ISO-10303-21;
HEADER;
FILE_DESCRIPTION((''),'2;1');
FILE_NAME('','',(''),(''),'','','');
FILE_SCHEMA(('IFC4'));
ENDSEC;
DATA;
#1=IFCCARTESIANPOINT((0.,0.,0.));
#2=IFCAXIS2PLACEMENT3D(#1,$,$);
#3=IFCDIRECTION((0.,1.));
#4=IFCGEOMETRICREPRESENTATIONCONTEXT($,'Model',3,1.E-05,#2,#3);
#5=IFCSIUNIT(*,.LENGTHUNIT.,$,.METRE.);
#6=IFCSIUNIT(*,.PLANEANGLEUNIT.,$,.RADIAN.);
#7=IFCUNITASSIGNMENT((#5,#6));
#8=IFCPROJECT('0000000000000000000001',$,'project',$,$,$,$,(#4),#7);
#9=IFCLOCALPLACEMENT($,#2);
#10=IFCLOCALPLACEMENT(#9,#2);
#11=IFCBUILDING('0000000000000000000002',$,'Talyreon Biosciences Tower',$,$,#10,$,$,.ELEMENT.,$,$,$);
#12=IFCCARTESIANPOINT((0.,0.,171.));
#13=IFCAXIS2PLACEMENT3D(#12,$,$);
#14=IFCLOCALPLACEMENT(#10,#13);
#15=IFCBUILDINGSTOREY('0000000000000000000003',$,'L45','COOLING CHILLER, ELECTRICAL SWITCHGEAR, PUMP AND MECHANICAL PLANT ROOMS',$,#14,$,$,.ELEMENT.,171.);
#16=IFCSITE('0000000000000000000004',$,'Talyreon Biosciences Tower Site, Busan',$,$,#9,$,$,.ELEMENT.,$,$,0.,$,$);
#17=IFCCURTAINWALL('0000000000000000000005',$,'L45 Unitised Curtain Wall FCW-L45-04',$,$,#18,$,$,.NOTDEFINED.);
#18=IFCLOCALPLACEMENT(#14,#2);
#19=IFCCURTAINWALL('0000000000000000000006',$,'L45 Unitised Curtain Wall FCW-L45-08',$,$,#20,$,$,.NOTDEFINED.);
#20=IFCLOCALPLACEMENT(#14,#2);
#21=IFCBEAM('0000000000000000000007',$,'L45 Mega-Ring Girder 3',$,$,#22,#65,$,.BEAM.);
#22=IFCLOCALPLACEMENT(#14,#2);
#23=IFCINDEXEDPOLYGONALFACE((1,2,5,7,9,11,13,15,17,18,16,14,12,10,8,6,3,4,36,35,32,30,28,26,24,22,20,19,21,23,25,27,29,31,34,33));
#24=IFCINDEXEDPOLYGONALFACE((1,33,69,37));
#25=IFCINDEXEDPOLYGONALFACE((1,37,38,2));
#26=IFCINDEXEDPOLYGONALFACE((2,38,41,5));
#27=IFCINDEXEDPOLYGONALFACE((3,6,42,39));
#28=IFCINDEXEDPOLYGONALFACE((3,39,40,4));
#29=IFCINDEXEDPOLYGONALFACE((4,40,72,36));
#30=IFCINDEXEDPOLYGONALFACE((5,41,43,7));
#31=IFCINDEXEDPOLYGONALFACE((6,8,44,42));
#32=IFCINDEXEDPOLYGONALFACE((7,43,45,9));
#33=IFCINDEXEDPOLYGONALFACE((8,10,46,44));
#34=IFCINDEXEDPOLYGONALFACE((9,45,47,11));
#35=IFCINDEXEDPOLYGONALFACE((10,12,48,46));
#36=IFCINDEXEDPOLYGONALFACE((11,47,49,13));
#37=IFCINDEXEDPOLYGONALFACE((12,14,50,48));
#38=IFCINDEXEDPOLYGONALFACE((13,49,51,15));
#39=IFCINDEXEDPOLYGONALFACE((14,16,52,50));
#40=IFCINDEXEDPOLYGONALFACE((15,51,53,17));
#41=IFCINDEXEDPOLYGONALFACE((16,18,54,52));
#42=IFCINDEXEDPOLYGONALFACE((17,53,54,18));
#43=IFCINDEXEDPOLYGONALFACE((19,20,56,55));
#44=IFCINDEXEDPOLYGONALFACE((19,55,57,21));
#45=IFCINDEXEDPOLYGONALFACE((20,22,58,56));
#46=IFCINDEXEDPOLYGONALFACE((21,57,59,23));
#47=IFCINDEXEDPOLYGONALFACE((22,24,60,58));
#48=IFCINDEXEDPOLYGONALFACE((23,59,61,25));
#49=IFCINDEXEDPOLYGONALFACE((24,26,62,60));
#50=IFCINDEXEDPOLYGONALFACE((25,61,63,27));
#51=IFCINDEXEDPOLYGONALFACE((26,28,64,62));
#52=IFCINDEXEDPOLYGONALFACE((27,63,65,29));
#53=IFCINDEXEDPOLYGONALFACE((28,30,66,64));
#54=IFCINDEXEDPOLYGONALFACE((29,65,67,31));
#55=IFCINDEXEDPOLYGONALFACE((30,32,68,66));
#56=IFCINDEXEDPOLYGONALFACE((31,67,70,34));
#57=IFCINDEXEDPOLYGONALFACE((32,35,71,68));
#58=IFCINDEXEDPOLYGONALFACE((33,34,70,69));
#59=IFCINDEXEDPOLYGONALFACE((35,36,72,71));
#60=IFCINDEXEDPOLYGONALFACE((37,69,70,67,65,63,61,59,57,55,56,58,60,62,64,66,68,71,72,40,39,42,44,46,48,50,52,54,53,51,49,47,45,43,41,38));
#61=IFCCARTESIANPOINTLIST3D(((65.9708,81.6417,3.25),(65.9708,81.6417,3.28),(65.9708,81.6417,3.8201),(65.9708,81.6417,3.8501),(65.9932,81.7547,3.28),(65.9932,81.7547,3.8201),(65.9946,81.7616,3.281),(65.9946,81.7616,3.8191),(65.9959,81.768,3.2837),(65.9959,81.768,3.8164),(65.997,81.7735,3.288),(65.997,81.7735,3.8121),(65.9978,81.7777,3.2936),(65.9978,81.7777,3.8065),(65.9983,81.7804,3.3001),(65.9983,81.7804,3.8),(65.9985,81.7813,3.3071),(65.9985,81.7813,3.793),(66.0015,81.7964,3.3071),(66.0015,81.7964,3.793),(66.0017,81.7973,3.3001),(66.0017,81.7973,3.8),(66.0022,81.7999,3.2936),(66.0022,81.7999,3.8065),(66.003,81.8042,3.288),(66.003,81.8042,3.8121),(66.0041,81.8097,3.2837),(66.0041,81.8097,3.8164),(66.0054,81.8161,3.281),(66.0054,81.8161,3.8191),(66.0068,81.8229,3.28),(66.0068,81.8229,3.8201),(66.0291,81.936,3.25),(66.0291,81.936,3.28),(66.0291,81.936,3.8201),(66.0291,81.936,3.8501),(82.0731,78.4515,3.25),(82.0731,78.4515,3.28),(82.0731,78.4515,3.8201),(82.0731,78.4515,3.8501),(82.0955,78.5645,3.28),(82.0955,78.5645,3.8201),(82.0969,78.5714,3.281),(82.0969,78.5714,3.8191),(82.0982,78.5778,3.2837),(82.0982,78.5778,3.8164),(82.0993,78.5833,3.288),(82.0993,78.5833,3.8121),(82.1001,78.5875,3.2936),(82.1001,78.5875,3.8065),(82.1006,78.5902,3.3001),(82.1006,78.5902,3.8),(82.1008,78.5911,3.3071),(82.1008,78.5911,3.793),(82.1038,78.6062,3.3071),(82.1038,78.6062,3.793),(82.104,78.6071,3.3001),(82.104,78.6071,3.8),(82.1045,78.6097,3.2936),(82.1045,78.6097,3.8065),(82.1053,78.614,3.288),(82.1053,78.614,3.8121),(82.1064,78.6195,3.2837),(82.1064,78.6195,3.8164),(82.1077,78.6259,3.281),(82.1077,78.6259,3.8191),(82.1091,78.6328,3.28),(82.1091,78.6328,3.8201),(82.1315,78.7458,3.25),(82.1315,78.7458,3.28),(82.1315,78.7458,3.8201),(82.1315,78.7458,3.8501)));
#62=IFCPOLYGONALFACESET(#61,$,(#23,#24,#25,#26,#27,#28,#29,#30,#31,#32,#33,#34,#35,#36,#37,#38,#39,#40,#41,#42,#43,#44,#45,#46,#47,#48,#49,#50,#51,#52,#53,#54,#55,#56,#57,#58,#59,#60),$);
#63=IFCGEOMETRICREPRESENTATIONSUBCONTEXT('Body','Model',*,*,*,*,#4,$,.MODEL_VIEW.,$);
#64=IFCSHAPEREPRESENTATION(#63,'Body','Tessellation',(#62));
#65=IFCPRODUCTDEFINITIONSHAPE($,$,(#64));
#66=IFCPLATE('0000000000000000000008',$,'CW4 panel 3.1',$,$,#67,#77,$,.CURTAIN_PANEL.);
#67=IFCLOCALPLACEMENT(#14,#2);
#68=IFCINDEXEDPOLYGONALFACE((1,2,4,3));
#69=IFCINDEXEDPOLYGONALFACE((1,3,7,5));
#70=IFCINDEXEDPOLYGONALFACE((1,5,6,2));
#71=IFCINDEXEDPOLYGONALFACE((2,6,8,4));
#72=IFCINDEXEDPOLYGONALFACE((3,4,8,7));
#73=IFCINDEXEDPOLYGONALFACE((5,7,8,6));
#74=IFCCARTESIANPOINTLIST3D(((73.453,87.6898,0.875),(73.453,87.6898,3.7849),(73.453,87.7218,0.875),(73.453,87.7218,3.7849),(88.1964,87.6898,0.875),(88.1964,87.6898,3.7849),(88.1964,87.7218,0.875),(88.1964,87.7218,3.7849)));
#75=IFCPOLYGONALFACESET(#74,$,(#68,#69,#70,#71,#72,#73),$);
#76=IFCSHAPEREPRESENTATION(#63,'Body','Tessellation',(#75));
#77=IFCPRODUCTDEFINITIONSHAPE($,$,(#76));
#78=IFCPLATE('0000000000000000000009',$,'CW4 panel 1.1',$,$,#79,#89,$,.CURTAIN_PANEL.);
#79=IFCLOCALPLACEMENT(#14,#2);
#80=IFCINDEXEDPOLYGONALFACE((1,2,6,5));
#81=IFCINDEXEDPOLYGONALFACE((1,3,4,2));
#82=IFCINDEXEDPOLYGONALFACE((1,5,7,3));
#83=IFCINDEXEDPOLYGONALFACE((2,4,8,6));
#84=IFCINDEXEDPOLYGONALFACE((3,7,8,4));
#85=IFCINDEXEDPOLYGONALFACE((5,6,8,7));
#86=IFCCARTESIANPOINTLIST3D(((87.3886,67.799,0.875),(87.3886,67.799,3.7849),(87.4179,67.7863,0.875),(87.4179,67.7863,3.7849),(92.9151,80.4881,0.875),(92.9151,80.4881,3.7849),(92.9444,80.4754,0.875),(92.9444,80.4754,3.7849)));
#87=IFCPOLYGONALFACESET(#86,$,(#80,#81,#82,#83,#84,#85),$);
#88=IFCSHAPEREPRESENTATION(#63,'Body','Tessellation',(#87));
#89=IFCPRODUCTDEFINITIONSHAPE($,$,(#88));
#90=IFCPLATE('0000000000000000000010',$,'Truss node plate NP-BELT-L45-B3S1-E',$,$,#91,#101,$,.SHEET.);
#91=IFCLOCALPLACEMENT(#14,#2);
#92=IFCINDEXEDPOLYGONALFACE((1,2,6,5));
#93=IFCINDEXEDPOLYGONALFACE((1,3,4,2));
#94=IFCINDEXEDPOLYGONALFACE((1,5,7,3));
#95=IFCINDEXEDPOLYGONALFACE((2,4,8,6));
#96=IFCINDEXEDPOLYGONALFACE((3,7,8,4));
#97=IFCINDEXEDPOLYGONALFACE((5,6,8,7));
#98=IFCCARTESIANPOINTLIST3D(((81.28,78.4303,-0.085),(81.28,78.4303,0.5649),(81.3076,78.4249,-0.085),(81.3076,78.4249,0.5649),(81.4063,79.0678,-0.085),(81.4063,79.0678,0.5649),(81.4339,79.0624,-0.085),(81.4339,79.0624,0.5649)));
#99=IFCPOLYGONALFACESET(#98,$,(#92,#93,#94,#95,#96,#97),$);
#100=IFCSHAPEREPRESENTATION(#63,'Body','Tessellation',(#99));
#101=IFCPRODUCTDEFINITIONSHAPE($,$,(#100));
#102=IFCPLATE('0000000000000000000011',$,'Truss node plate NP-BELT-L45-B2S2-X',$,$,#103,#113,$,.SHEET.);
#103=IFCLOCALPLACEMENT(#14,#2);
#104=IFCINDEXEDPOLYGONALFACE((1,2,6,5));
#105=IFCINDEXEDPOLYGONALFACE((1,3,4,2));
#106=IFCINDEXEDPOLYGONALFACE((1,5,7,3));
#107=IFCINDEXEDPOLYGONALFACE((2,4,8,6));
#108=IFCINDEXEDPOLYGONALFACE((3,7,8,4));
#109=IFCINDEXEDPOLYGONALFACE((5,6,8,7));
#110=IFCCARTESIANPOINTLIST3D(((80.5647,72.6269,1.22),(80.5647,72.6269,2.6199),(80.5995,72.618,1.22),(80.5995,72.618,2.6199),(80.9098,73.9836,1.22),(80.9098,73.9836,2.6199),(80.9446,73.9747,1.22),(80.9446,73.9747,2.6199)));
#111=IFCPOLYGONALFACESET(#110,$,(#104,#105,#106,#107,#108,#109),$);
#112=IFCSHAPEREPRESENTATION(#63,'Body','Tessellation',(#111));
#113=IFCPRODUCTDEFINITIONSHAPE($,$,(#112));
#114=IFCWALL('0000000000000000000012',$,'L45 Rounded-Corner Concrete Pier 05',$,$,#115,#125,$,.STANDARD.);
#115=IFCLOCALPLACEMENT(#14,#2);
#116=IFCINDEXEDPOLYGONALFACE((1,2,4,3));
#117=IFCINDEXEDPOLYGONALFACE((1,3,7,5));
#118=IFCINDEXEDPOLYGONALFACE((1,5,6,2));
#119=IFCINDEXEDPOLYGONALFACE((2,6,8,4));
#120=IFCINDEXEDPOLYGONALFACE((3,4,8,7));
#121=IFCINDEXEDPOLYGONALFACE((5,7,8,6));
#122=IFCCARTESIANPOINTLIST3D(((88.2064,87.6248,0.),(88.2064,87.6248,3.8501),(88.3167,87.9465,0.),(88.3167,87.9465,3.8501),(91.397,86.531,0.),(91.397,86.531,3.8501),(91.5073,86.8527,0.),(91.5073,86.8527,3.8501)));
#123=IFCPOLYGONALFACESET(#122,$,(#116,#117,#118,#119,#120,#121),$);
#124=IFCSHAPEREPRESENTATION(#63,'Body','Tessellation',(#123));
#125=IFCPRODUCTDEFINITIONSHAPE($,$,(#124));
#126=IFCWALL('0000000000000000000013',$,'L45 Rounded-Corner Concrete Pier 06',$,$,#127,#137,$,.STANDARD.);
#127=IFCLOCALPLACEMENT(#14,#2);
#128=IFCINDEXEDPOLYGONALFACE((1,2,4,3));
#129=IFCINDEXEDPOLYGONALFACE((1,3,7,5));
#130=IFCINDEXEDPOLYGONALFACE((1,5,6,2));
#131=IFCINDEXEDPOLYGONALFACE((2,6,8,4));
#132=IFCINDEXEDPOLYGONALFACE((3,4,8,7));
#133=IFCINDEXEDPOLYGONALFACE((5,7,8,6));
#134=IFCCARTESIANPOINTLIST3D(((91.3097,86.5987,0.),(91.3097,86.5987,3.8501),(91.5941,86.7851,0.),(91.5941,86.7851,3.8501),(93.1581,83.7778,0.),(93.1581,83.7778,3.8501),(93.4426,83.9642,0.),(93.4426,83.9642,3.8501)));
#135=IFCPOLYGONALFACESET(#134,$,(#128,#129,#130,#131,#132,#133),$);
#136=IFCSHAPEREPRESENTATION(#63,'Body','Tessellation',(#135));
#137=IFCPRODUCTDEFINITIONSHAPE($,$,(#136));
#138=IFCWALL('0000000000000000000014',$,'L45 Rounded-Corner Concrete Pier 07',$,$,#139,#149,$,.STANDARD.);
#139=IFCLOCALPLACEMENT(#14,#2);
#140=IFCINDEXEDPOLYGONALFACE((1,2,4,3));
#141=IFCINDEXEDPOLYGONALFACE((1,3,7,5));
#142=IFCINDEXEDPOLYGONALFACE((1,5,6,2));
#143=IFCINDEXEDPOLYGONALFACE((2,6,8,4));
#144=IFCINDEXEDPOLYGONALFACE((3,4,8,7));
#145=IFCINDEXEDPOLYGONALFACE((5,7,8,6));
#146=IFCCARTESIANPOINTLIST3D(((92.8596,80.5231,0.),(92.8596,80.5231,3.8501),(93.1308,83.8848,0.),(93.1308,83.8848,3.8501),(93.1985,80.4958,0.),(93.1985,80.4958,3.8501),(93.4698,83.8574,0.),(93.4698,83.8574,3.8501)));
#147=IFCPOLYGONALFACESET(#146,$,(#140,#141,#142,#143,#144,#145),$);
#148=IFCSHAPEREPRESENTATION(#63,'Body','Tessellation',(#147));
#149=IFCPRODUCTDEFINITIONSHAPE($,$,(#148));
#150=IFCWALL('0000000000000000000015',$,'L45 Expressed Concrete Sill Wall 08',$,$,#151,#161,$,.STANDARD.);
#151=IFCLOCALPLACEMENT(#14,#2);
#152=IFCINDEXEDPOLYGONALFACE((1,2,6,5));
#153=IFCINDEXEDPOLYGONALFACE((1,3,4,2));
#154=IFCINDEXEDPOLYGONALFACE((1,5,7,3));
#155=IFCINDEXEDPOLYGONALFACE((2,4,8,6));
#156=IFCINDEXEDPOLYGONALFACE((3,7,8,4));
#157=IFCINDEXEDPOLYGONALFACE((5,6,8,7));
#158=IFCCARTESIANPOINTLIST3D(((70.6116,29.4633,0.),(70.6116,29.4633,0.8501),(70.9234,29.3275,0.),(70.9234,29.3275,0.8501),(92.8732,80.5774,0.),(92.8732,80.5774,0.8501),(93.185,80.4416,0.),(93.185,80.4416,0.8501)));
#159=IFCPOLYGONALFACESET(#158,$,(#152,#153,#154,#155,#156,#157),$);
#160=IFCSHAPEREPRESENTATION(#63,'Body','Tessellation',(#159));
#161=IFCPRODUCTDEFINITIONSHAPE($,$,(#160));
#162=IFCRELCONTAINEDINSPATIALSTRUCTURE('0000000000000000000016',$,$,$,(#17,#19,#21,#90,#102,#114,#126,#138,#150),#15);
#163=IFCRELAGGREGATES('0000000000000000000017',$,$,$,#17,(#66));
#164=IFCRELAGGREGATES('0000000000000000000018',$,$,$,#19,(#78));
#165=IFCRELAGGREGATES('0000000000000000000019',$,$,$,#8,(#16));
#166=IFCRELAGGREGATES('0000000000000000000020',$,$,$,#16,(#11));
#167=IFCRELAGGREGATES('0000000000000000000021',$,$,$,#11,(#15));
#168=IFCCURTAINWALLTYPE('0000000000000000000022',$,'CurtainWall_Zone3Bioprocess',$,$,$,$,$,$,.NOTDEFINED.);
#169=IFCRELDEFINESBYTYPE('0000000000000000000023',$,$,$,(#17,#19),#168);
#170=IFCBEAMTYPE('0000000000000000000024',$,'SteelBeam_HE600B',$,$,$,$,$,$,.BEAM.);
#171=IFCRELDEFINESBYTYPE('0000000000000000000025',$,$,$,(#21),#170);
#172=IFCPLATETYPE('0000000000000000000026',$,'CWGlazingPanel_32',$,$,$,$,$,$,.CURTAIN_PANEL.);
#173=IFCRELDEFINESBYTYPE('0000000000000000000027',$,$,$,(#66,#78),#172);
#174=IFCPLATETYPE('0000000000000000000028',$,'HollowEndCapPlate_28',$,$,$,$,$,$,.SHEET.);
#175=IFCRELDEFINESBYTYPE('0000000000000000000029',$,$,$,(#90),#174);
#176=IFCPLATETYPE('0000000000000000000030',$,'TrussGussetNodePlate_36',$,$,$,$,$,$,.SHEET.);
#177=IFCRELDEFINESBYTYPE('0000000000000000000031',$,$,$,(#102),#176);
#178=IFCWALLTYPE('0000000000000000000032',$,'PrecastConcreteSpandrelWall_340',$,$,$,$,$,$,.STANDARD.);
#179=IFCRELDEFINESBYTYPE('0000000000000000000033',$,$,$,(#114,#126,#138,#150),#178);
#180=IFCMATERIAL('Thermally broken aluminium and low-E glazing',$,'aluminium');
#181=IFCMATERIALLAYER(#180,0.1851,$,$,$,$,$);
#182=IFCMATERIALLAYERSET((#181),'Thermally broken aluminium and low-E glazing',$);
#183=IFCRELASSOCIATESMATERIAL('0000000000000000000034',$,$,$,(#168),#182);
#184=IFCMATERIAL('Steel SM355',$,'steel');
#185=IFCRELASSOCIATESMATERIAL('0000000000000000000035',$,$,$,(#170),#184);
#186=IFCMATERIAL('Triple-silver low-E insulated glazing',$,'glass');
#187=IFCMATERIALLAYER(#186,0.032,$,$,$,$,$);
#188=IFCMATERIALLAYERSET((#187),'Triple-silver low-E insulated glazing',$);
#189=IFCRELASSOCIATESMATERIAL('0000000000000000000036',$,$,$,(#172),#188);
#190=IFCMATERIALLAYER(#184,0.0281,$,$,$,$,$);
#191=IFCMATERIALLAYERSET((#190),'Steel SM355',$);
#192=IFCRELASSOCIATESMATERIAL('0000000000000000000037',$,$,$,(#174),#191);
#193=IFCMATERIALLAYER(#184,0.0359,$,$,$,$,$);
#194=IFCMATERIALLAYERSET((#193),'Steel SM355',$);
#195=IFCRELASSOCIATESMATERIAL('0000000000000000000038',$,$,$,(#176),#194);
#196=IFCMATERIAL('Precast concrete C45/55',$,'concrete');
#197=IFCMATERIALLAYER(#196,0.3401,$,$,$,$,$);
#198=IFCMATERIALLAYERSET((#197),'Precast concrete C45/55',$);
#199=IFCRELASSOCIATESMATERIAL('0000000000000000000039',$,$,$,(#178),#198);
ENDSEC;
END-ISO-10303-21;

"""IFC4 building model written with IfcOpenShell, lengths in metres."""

from ifc_helpers import new_model, si_unit, direction, frame, frame_2d, origin, origin_2d, place, context, subcontext, project, spatial, rectangle, i_section, extrude, material, layer, layer_set, material_profile, profile_set, type_object, element, aggregate, save


model = new_model("IFC4")

# Units and contexts
model_context = context("Model", 3, precision=1e-05, world=origin(), true_north=direction((0.0, 1.0)))
body_context = subcontext(model_context, "Body", "Model", "MODEL_VIEW")
ifc_project = project(units=[si_unit("LENGTHUNIT", "METRE"), si_unit("PLANEANGLEUNIT", "RADIAN")], contexts=[model_context])

# Site, building, storey
site_placement = place(None, origin())
site = spatial("IfcSite", under=ifc_project, at=site_placement, Name="Talyreon Biosciences Tower Site, Busan", CompositionType="ELEMENT", RefElevation=0.0)
building_placement = place(site_placement, origin())
building = spatial("IfcBuilding", under=site, at=building_placement, Name="Talyreon Biosciences Tower", CompositionType="ELEMENT")
storey_placement = place(building_placement, frame((0.0, 0.0, 171.0)))
storey = spatial("IfcBuildingStorey", under=building, at=storey_placement, Name="L45", Description="COOLING CHILLER, ELECTRICAL SWITCHGEAR, PUMP AND MECHANICAL PLANT ROOMS", CompositionType="ELEMENT", Elevation=171.0)

# Shared definitions
ifc_material_1 = material(Name="Steel SM355", Category="steel")

# Curtain wall
ifc_material_2 = material(Name="Thermally broken aluminium and low-E glazing", Category="aluminium")
ifc_layer_1 = layer(ifc_material_2, 0.1851)
ifc_layer_set_1 = layer_set([ifc_layer_1], Name="Thermally broken aluminium and low-E glazing")
curtain_wall_type = type_object("IfcCurtainWallType", Name="CurtainWall_Zone3Bioprocess", PredefinedType="NOTDEFINED", material=ifc_layer_set_1)
curtain_wall_1_placement = place(storey_placement, origin())
curtain_wall_1 = element("IfcCurtainWall", 1, at=curtain_wall_1_placement, inside=storey, type_object=curtain_wall_type, Name="L45 Unitised Curtain Wall FCW-L45-04", PredefinedType="NOTDEFINED")

# Curtain wall
curtain_wall_2_placement = place(storey_placement, origin())
curtain_wall_2 = element("IfcCurtainWall", 2, at=curtain_wall_2_placement, inside=storey, type_object=curtain_wall_type, Name="L45 Unitised Curtain Wall FCW-L45-08", PredefinedType="NOTDEFINED")

# Shared definitions
ifc_material_3 = material(Name="Precast concrete C45/55", Category="concrete")

# Beam
ifc_material_profile_1 = material_profile(ifc_material_1, i_section(OverallWidth=0.3, OverallDepth=0.6001, WebThickness=0.0154, FlangeThickness=0.03, FilletRadius=0.0271, at=origin_2d()), Name="HE600B")
ifc_profile_set_1 = profile_set([ifc_material_profile_1], Name="Steel SM355")
beam_type_1 = type_object("IfcBeamType", Name="SteelBeam_HE600B", PredefinedType="BEAM", material=ifc_profile_set_1)
beam_1_placement = place(storey_placement, frame((82.1023, 78.5986, 3.55), z_axis=(-0.980934, 0.194343, 0.0), x_axis=(-0.194343, -0.980934, 0.0)))
element("IfcBeam", 3, at=beam_1_placement, inside=storey, type_object=beam_type_1, Name="L45 Mega-Ring Girder 3", PredefinedType="BEAM", context=body_context, shape_type="SweptSolid", body=[
    extrude(i_section(OverallWidth=0.3, OverallDepth=0.6001, WebThickness=0.0154, FlangeThickness=0.03, FilletRadius=0.0271, at=origin_2d()), origin(), (0.0, 0.0, 1.0), 16.4153),
])

# Plates
ifc_material_4 = material(Name="Triple-silver low-E insulated glazing", Category="glass")
ifc_layer_2 = layer(ifc_material_4, 0.032)
ifc_layer_set_2 = layer_set([ifc_layer_2], Name="Triple-silver low-E insulated glazing")
plate_type_1 = type_object("IfcPlateType", Name="CWGlazingPanel_32", PredefinedType="CURTAIN_PANEL", material=ifc_layer_set_2)
plate_1_placement = place(storey_placement, frame((80.8247, 87.7058, 0.875), z_axis=(0.0, 0.0, 1.0), x_axis=(1.0, 0.0, 0.0)))
plate_1 = element("IfcPlate", 4, at=plate_1_placement, type_object=plate_type_1, Name="CW4 panel 3.1", PredefinedType="CURTAIN_PANEL", context=body_context, shape_type="SweptSolid", body=[
    extrude(rectangle(XDim=14.7434, YDim=0.032, at=origin_2d()), origin(), (0.0, 0.0, 1.0), 2.9099),
])
aggregate(curtain_wall_1, [plate_1])
plate_2_placement = place(storey_placement, frame((90.1665, 74.1372, 0.875), z_axis=(0.0, 0.0, 1.0), x_axis=(-0.3993, -0.91682, 0.0)))
plate_2 = element("IfcPlate", 5, at=plate_2_placement, type_object=plate_type_1, Name="CW4 panel 1.1", PredefinedType="CURTAIN_PANEL", context=body_context, shape_type="SweptSolid", body=[
    extrude(rectangle(XDim=13.8403, YDim=0.032, at=origin_2d()), origin(), (0.0, 0.0, 1.0), 2.9099),
])
aggregate(curtain_wall_2, [plate_2])

# Plates
ifc_layer_3 = layer(ifc_material_1, 0.0281)
ifc_layer_set_3 = layer_set([ifc_layer_3], Name="Steel SM355")
plate_type_2 = type_object("IfcPlateType", Name="HollowEndCapPlate_28", PredefinedType="SHEET", material=ifc_layer_set_3)
plate_3_placement = place(storey_placement, frame((81.3569, 78.7463, -0.085), z_axis=(0.0, 0.0, 1.0), x_axis=(-0.194337, -0.980935, 0.0)))
element("IfcPlate", 6, at=plate_3_placement, inside=storey, type_object=plate_type_2, Name="Truss node plate NP-BELT-L45-B3S1-E", PredefinedType="SHEET", context=body_context, shape_type="SweptSolid", body=[
    extrude(rectangle(XDim=0.6499, YDim=0.0281, at=origin_2d()), origin(), (0.0, 0.0, 1.0), 0.6499),
])
ifc_layer_4 = layer(ifc_material_1, 0.0359)
ifc_layer_set_4 = layer_set([ifc_layer_4], Name="Steel SM355")
plate_type_3 = type_object("IfcPlateType", Name="TrussGussetNodePlate_36", PredefinedType="SHEET", material=ifc_layer_set_4)
plate_4_placement = place(storey_placement, frame((80.7546, 73.3008, 1.22), z_axis=(0.0, 0.0, 1.0), x_axis=(0.246542, 0.969132, 0.0)))
element("IfcPlate", 7, at=plate_4_placement, inside=storey, type_object=plate_type_3, Name="Truss node plate NP-BELT-L45-B2S2-X", PredefinedType="SHEET", context=body_context, shape_type="SweptSolid", body=[
    extrude(rectangle(XDim=1.3999, YDim=0.0359, at=origin_2d()), origin(), (0.0, 0.0, 1.0), 1.3999),
])

# Walls
ifc_layer_5 = layer(ifc_material_3, 0.3401)
ifc_layer_set_5 = layer_set([ifc_layer_5], Name="Precast concrete C45/55")
wall_type = type_object("IfcWallType", Name="PrecastConcreteSpandrelWall_340", PredefinedType="STANDARD", material=ifc_layer_set_5)
wall_1_placement = place(storey_placement, frame((88.2615, 87.7856, 0.0), z_axis=(0.0, 0.0, 1.0), x_axis=(0.945956, -0.324295, 0.0)))
element("IfcWall", 8, at=wall_1_placement, inside=storey, type_object=wall_type, Name="L45 Rounded-Corner Concrete Pier 05", PredefinedType="STANDARD", context=body_context, shape_type="SweptSolid", body=[
    extrude(rectangle(XDim=3.3728, YDim=0.3401, at=frame_2d((1.6865, 0.0))), origin(), (0.0, 0.0, 1.0), 3.8501),
])
for number, where, z_axis, x_axis, name in (
    (9, (91.4519, 86.6919, 0.0), (0.0, 0.0, 1.0), (0.548084, -0.836423, 0.0), "L45 Rounded-Corner Concrete Pier 06"),
    (10, (93.3003, 83.8711, 0.0), (0.0, 0.0, 1.0), (-0.080427, -0.99676, 0.0), "L45 Rounded-Corner Concrete Pier 07"),
):
    element("IfcWall", number, at=place(storey_placement, frame(where, z_axis=z_axis, x_axis=x_axis)), inside=storey, type_object=wall_type, Name=name, PredefinedType="STANDARD", context=body_context, shape_type="SweptSolid", body=[
        extrude(rectangle(XDim=3.3726, YDim=0.3401, at=frame_2d((1.6863, 0.0))), origin(), (0.0, 0.0, 1.0), 3.8501),
    ])
wall_2_placement = place(storey_placement, frame((93.0291, 80.5095, 0.0), z_axis=(0.0, 0.0, 1.0), x_axis=(-0.399299, -0.916821, 0.0)))
element("IfcWall", 11, at=wall_2_placement, inside=storey, type_object=wall_type, Name="L45 Expressed Concrete Sill Wall 08", PredefinedType="STANDARD", context=body_context, shape_type="SweptSolid", body=[
    extrude(rectangle(XDim=55.7515, YDim=0.3401, at=frame_2d((27.8757, 0.0))), origin(), (0.0, 0.0, 1.0), 0.8501),
])

save(model, "model.ifc")
